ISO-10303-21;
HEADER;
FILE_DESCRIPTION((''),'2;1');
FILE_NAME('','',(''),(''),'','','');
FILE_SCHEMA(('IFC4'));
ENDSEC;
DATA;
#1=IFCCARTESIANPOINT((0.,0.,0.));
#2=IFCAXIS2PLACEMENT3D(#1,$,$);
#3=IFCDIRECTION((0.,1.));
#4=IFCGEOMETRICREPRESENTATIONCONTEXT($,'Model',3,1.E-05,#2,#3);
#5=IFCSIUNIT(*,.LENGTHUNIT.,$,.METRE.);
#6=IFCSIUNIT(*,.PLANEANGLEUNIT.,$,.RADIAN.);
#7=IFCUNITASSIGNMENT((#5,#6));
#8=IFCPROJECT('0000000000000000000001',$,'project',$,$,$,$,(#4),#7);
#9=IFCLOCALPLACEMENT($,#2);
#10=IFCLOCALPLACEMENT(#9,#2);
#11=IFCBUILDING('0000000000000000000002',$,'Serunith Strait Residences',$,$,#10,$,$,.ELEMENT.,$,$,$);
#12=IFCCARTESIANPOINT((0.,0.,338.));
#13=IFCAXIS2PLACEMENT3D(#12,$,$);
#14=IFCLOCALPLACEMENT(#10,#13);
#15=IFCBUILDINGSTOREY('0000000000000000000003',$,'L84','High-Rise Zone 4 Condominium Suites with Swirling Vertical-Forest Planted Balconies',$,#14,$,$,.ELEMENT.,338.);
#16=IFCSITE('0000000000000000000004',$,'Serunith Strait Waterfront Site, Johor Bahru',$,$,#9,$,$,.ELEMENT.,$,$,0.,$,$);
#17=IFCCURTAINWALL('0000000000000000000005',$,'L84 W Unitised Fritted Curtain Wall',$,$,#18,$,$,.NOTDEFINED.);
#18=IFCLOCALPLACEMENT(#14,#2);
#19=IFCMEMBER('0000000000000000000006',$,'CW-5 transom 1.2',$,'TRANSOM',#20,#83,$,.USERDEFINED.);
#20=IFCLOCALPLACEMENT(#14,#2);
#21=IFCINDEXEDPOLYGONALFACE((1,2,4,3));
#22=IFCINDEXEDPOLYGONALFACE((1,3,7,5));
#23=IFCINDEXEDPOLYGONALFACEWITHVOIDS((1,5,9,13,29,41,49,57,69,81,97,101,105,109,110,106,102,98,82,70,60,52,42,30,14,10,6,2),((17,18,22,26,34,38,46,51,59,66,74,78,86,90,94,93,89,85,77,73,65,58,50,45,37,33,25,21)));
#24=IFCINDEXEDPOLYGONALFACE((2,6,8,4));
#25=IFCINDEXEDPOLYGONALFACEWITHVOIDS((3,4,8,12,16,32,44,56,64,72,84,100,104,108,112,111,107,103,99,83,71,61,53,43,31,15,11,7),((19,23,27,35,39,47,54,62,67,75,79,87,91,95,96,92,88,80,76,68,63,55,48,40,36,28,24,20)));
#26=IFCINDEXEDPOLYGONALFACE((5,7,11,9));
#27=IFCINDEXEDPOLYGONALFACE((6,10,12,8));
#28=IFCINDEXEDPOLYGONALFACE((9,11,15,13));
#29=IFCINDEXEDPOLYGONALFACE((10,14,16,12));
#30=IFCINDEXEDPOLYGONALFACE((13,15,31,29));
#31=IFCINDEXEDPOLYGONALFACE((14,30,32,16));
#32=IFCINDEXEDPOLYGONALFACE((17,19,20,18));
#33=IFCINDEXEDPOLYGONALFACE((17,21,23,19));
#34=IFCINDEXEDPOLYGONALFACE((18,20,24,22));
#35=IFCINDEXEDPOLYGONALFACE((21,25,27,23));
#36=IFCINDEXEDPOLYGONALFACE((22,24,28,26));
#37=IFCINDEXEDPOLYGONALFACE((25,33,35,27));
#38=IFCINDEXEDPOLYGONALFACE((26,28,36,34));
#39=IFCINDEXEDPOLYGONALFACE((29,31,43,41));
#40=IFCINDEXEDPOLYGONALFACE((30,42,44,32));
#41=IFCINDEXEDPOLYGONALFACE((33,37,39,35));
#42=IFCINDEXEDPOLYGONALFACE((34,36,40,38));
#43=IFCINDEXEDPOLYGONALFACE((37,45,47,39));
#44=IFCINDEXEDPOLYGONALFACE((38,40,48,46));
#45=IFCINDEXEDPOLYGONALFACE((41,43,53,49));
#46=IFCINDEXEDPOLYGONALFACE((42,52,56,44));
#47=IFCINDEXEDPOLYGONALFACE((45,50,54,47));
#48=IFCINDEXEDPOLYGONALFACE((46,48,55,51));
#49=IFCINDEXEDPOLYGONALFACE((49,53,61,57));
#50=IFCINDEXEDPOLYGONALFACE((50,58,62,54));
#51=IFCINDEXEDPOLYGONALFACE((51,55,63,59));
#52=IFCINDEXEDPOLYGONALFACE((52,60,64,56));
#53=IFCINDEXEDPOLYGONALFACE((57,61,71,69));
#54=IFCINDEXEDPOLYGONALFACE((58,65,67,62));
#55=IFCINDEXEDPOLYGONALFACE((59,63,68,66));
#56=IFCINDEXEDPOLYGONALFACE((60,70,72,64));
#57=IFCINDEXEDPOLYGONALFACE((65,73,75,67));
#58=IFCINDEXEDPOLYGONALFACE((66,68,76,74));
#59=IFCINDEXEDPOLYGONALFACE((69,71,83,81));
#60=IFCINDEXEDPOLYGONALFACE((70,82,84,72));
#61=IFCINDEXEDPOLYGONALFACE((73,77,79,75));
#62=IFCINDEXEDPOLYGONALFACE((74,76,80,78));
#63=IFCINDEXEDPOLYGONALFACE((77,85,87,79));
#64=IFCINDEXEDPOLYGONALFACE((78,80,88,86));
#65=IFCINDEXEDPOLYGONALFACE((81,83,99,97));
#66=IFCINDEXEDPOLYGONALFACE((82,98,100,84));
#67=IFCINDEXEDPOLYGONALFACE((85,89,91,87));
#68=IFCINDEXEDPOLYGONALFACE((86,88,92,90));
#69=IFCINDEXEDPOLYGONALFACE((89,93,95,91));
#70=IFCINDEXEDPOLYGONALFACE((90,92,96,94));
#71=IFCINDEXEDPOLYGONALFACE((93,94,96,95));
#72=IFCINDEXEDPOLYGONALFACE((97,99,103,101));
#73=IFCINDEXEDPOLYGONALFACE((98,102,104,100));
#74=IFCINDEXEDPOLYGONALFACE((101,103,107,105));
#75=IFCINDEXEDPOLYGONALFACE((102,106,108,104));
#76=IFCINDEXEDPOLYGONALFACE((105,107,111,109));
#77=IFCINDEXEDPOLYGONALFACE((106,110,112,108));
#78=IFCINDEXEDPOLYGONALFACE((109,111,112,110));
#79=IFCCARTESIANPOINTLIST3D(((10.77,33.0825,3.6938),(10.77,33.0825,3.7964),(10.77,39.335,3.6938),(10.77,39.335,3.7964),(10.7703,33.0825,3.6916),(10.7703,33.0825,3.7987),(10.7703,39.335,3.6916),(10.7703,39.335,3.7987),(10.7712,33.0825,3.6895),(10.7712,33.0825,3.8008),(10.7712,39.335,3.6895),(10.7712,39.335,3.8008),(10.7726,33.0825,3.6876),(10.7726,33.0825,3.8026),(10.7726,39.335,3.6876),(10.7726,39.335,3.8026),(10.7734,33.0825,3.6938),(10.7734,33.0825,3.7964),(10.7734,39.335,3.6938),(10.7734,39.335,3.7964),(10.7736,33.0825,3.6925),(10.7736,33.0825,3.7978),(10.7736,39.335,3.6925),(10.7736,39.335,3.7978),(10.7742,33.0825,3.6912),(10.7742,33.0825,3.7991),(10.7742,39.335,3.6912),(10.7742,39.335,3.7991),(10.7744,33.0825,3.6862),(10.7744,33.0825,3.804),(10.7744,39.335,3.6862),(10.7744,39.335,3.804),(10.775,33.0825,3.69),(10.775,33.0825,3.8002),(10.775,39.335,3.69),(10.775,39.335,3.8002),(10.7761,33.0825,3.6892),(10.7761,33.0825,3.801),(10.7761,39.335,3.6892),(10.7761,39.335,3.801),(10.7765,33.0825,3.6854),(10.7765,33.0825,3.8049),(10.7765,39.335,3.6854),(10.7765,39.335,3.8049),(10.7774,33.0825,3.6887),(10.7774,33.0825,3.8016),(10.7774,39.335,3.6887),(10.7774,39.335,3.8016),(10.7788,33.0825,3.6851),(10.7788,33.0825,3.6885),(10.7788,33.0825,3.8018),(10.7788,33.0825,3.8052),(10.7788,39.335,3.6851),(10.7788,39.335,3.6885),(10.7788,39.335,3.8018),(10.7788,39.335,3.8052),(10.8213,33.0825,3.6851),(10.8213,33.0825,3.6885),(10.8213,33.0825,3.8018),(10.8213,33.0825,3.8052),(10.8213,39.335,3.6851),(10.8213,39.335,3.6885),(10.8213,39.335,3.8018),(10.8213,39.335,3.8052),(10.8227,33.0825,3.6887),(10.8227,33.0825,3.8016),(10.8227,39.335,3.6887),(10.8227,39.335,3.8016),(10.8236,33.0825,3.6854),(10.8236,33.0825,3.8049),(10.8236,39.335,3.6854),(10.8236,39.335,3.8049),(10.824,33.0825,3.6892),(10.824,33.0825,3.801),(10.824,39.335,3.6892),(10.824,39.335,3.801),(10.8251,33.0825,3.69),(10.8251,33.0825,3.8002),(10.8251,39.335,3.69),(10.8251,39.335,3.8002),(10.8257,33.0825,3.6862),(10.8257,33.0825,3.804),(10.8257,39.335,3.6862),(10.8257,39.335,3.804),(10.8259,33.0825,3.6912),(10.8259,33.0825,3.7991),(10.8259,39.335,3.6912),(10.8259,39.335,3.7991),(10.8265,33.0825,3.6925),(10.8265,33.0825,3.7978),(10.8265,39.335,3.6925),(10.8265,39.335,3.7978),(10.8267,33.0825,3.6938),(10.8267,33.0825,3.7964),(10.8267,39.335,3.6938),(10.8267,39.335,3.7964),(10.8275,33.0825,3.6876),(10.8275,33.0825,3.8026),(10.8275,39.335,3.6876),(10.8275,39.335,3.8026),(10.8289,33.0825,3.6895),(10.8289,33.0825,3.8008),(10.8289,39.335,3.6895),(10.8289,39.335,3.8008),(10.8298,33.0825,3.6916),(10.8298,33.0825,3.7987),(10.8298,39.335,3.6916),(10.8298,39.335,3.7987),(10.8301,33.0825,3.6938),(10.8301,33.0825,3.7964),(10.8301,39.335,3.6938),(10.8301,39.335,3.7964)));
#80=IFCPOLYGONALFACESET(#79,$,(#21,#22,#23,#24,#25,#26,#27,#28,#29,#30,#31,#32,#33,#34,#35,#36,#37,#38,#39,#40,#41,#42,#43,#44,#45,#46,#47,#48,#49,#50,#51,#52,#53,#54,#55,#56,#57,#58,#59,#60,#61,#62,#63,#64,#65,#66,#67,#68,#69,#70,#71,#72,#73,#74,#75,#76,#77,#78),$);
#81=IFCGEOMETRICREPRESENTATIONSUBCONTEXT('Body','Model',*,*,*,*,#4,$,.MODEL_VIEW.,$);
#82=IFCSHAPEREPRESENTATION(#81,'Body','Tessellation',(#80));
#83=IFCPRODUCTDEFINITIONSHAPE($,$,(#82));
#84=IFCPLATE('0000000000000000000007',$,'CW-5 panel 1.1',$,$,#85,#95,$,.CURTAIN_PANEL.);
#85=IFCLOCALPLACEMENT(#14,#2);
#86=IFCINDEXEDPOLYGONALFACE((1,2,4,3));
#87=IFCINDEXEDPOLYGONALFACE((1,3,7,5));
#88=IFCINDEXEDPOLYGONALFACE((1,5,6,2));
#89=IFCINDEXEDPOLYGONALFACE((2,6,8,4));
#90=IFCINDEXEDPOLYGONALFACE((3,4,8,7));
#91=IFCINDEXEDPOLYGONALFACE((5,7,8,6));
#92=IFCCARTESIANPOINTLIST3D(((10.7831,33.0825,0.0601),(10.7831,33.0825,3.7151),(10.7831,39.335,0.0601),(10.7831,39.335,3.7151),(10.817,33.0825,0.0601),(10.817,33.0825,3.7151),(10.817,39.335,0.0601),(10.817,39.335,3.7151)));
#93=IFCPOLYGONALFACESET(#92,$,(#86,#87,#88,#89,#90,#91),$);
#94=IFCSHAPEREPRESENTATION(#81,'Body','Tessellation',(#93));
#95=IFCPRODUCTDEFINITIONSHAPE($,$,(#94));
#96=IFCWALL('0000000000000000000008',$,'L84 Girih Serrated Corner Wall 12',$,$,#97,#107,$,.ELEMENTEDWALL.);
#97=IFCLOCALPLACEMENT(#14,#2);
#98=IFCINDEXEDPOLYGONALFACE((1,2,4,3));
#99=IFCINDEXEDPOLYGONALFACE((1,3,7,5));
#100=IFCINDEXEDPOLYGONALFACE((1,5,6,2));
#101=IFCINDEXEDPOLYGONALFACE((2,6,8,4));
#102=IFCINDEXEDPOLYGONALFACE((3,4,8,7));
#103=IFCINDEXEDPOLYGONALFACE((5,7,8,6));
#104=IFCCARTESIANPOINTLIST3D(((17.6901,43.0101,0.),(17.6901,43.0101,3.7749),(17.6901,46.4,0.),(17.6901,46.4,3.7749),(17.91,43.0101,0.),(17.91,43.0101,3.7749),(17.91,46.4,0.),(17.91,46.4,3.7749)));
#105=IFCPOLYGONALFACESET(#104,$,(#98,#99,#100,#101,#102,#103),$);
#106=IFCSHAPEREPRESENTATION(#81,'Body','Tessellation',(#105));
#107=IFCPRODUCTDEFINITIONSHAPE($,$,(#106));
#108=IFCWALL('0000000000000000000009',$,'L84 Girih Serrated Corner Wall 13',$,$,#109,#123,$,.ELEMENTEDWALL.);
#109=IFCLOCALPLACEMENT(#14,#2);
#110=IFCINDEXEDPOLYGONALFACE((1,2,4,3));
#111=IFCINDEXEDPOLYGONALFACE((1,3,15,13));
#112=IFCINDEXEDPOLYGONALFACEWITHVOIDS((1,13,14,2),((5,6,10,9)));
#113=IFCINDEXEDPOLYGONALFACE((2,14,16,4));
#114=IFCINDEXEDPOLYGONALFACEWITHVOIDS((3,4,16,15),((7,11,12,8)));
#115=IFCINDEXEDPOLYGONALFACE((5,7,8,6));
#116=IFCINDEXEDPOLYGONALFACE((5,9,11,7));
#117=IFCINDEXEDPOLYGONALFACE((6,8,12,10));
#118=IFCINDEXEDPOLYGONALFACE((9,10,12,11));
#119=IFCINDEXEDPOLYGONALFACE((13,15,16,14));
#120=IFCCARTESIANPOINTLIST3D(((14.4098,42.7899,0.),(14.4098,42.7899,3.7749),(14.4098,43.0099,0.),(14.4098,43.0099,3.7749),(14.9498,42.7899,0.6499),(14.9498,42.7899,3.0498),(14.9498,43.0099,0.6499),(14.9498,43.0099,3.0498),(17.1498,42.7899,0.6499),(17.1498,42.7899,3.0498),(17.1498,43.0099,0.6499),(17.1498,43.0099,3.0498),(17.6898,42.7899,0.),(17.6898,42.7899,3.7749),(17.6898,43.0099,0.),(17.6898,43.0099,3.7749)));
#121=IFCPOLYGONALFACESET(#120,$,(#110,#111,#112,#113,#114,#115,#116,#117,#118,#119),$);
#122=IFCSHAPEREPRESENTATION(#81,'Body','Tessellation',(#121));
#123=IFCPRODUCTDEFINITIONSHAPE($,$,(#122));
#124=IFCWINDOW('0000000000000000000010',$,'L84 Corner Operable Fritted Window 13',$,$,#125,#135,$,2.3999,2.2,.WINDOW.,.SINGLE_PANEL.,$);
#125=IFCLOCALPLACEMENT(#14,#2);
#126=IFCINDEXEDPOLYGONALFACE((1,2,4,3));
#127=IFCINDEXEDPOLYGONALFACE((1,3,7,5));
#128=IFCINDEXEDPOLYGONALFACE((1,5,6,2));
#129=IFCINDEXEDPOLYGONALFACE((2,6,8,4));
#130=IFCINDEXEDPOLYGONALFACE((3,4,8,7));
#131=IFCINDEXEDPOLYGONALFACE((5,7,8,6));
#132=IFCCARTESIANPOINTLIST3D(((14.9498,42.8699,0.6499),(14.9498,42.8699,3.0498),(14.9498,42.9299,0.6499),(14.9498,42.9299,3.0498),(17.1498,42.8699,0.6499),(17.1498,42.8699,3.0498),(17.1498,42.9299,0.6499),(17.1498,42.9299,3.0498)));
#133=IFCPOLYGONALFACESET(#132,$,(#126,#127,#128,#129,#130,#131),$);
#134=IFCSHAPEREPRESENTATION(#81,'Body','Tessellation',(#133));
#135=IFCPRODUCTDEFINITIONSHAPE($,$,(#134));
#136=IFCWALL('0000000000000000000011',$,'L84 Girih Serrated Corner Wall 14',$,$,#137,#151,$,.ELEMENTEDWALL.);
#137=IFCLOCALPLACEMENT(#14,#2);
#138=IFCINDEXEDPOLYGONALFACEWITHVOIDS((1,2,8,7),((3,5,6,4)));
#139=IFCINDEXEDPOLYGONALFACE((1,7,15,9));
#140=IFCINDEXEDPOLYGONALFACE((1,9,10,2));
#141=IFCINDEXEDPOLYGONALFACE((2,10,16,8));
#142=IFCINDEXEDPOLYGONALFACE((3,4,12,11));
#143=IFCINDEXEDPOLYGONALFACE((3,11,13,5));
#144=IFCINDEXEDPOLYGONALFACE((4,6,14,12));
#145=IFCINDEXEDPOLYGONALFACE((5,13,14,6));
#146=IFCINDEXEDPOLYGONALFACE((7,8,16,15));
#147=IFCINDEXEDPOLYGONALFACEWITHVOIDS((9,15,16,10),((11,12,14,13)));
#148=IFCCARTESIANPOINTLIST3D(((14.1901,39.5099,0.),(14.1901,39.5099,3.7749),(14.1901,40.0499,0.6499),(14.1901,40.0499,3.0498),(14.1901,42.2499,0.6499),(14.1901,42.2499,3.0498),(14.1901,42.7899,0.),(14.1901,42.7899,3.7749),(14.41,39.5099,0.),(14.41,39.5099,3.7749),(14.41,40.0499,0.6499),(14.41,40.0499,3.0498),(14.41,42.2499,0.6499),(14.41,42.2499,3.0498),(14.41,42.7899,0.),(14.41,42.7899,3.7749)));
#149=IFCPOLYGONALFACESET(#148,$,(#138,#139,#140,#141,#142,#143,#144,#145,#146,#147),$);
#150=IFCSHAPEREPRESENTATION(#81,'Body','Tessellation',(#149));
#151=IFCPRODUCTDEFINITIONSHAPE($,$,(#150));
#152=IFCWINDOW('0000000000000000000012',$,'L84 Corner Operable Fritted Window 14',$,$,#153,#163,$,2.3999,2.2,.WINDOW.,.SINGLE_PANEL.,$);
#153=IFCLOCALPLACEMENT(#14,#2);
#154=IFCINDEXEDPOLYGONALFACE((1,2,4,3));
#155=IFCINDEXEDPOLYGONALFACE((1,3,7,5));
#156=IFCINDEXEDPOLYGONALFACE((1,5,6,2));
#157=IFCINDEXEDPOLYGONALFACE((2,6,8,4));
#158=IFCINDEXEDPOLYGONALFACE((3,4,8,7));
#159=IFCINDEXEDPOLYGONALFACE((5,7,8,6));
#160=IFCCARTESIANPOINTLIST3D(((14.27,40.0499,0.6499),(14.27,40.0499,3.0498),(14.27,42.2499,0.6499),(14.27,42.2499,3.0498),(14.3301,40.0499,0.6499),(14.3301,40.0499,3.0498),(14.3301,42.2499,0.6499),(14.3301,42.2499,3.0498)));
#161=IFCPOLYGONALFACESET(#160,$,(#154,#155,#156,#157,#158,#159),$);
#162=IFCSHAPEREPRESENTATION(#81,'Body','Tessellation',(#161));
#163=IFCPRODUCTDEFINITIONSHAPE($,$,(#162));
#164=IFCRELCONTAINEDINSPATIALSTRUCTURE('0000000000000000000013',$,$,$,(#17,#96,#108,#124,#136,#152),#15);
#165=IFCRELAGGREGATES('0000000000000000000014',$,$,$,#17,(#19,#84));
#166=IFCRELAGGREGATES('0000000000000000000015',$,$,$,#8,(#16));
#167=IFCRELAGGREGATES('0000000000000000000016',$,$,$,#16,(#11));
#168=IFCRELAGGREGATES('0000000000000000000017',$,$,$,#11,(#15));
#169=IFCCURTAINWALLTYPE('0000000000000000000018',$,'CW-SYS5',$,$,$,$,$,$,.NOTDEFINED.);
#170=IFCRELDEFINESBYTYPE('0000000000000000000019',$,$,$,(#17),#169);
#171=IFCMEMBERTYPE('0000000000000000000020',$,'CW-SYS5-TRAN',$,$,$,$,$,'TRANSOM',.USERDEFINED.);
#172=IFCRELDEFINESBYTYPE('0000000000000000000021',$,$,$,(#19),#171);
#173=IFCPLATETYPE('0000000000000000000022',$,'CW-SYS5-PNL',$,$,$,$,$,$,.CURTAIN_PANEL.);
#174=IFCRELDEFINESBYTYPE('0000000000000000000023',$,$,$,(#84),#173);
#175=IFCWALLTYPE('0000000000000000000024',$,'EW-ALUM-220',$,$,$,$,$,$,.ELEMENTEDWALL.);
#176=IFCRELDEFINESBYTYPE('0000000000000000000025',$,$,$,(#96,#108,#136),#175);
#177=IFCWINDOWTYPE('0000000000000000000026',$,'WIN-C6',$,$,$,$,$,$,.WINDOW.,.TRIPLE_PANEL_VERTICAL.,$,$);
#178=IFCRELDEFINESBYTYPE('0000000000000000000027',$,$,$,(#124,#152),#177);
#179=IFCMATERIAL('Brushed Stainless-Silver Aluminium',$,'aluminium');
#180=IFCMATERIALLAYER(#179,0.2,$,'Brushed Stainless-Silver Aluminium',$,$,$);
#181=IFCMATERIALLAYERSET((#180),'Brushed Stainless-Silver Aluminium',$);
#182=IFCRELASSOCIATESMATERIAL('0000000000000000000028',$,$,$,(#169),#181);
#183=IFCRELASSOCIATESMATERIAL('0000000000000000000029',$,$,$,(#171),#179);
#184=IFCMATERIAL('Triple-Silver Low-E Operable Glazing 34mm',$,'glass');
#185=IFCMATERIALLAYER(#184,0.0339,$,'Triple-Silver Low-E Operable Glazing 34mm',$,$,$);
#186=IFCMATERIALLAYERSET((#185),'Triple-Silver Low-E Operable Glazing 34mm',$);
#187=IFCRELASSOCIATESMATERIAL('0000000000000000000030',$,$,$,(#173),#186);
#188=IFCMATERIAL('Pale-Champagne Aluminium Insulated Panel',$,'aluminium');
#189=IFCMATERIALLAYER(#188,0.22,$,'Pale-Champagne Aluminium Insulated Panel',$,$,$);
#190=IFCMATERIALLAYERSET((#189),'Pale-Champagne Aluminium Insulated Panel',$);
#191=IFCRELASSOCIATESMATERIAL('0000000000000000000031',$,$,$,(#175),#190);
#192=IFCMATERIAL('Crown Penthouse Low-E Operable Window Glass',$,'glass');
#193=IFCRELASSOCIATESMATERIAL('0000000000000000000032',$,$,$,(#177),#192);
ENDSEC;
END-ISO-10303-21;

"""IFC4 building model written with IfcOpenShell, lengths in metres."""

from ifc_helpers import new_model, si_unit, direction, frame, frame_2d, origin, origin_2d, place, context, subcontext, project, spatial, rectangle, hollow_rectangle, extrude, source, transform, mapped, material, layer, layer_set, material_profile, profile_set, type_object, element, fill, aggregate, save


model = new_model("IFC4")

# Units and contexts
model_context = context("Model", 3, precision=1e-05, world=origin(), true_north=direction((0.0, 1.0)))
body_context = subcontext(model_context, "Body", "Model", "MODEL_VIEW")
ifc_project = project(units=[si_unit("LENGTHUNIT", "METRE"), si_unit("PLANEANGLEUNIT", "RADIAN")], contexts=[model_context])

# Site, building, storey
site_placement = place(None, origin())
site = spatial("IfcSite", under=ifc_project, at=site_placement, Name="Serunith Strait Waterfront Site, Johor Bahru", CompositionType="ELEMENT", RefElevation=0.0)
building_placement = place(site_placement, origin())
building = spatial("IfcBuilding", under=site, at=building_placement, Name="Serunith Strait Residences", CompositionType="ELEMENT")
storey_placement = place(building_placement, frame((0.0, 0.0, 338.0)))
storey = spatial("IfcBuildingStorey", under=building, at=storey_placement, Name="L84", Description="High-Rise Zone 4 Condominium Suites with Swirling Vertical-Forest Planted Balconies", CompositionType="ELEMENT", Elevation=338.0)

# Shared definitions
ifc_material_1 = material(Name="Brushed Stainless-Silver Aluminium", Category="aluminium")
ifc_layer_1 = layer(ifc_material_1, 0.2, Name="Brushed Stainless-Silver Aluminium")
ifc_layer_set_1 = layer_set([ifc_layer_1], Name="Brushed Stainless-Silver Aluminium")
curtain_wall_type = type_object("IfcCurtainWallType", Name="CW-SYS5", PredefinedType="NOTDEFINED", material=ifc_layer_set_1)

# Curtain wall, member, plate
curtain_wall_1_placement = place(storey_placement, origin())
curtain_wall_1 = element("IfcCurtainWall", 1, at=curtain_wall_1_placement, inside=storey, type_object=curtain_wall_type, Name="L84 W Unitised Fritted Curtain Wall", PredefinedType="NOTDEFINED")
ifc_material_profile_1 = material_profile(ifc_material_1, hollow_rectangle(XDim=0.0601, YDim=0.1201, WallThickness=0.0034, InnerFilletRadius=0.0054, OuterFilletRadius=0.0088, at=origin_2d()), Name="ALU 120x60x3.5")
ifc_profile_set_1 = profile_set([ifc_material_profile_1], Name="Brushed Stainless-Silver Aluminium")
member_type_1 = type_object("IfcMemberType", Name="CW-SYS5-TRAN", ElementType="TRANSOM", PredefinedType="USERDEFINED", material=ifc_profile_set_1)
shared_shape_1 = source(origin(), body_context, "Body", "SweptSolid", [
    extrude(hollow_rectangle(XDim=0.0601, YDim=0.1201, WallThickness=0.0034, InnerFilletRadius=0.0054, OuterFilletRadius=0.0088, at=origin_2d()), origin(), (0.0, 0.0, 1.0), 6.2524),
])
member_1_placement = place(storey_placement, frame((10.8, 39.335, 3.7451), z_axis=(0.0, -1.0, 0.0), x_axis=(1.0, 0.0, 0.0)))
member_1 = element("IfcMember", 2, at=member_1_placement, type_object=member_type_1, Name="CW-5 transom 1.2", ObjectType="TRANSOM", PredefinedType="USERDEFINED", context=body_context, shape_type="MappedRepresentation", body=[
    mapped(shared_shape_1, transform((0.0, 0.0, 0.0), scale=1.0)),
])
ifc_material_2 = material(Name="Triple-Silver Low-E Operable Glazing 34mm", Category="glass")
ifc_layer_2 = layer(ifc_material_2, 0.0339, Name="Triple-Silver Low-E Operable Glazing 34mm")
ifc_layer_set_2 = layer_set([ifc_layer_2], Name="Triple-Silver Low-E Operable Glazing 34mm")
plate_type = type_object("IfcPlateType", Name="CW-SYS5-PNL", PredefinedType="CURTAIN_PANEL", material=ifc_layer_set_2)
shared_shape_2 = source(origin(), body_context, "Body", "SweptSolid", [
    extrude(rectangle(XDim=6.2524, YDim=0.0339, at=origin_2d()), origin(), (0.0, 0.0, 1.0), 3.655),
])
plate_placement = place(storey_placement, frame((10.8, 36.2087, 0.0601), z_axis=(0.0, 0.0, 1.0), x_axis=(0.0, -1.0, 0.0)))
plate = element("IfcPlate", 3, at=plate_placement, type_object=plate_type, Name="CW-5 panel 1.1", PredefinedType="CURTAIN_PANEL", context=body_context, shape_type="MappedRepresentation", body=[
    mapped(shared_shape_2, transform((0.0, 0.0, 0.0), scale=1.0)),
])
aggregate(curtain_wall_1, [member_1, plate])

# Wall
ifc_material_3 = material(Name="Pale-Champagne Aluminium Insulated Panel", Category="aluminium")
ifc_layer_3 = layer(ifc_material_3, 0.22, Name="Pale-Champagne Aluminium Insulated Panel")
ifc_layer_set_3 = layer_set([ifc_layer_3], Name="Pale-Champagne Aluminium Insulated Panel")
wall_type_1 = type_object("IfcWallType", Name="EW-ALUM-220", PredefinedType="ELEMENTEDWALL", material=ifc_layer_set_3)
wall_1_placement = place(storey_placement, frame((17.8, 46.3999, 0.0), z_axis=(0.0, 0.0, 1.0), x_axis=(0.0, -1.0, 0.0)))
element("IfcWall", 4, at=wall_1_placement, inside=storey, type_object=wall_type_1, Name="L84 Girih Serrated Corner Wall 12", PredefinedType="ELEMENTEDWALL", context=body_context, shape_type="SweptSolid", body=[
    extrude(rectangle(XDim=3.3899, YDim=0.22, at=frame_2d((1.6948, 0.0))), origin(), (0.0, 0.0, 1.0), 3.7749),
])

# Walls, openings, windows
wall_2_placement = place(storey_placement, frame((17.6899, 42.8999, 0.0), z_axis=(0.0, 0.0, 1.0), x_axis=(-1.0, 0.0, 0.0)))
wall_2 = element("IfcWall", 5, at=wall_2_placement, inside=storey, type_object=wall_type_1, Name="L84 Girih Serrated Corner Wall 13", PredefinedType="ELEMENTEDWALL", context=body_context, shape_type="SweptSolid", body=[
    extrude(rectangle(XDim=3.28, YDim=0.22, at=frame_2d((1.6401, 0.0))), origin(), (0.0, 0.0, 1.0), 3.7749),
])
opening_1_placement = place(wall_2_placement, frame((0.54, 0.0, 0.6499)))
opening_1 = element("IfcOpeningElement", 6, at=opening_1_placement, cuts=wall_2, PredefinedType="OPENING", context=body_context, shape_type="SweptSolid", body=[
    extrude(rectangle(XDim=2.2, YDim=2.3999, at=frame_2d((1.1001, 1.2))), frame((0.0, 0.1201, 0.0), z_axis=(0.0, -1.0, 0.0), x_axis=(1.0, 0.0, 0.0)), (0.0, 0.0, 1.0), 0.24),
])
ifc_material_4 = material(Name="Crown Penthouse Low-E Operable Window Glass", Category="glass")
window_type = type_object("IfcWindowType", Name="WIN-C6", PartitioningType="TRIPLE_PANEL_VERTICAL", PredefinedType="WINDOW", material=ifc_material_4)
shared_shape_3 = source(origin(), body_context, "Body", "SweptSolid", [
    extrude(rectangle(XDim=2.2, YDim=2.3999, at=frame_2d((1.1001, 1.2))), frame((0.0, 0.03, 0.0), z_axis=(0.0, -1.0, 0.0), x_axis=(1.0, 0.0, 0.0)), (0.0, 0.0, 1.0), 0.0601),
])
window_1_placement = place(opening_1_placement, origin())
window_1 = element("IfcWindow", 7, at=window_1_placement, inside=storey, type_object=window_type, Name="L84 Corner Operable Fritted Window 13", OverallHeight=2.3999, OverallWidth=2.2, PartitioningType="SINGLE_PANEL", PredefinedType="WINDOW", context=body_context, shape_type="MappedRepresentation", body=[
    mapped(shared_shape_3, transform((0.0, 0.0, 0.0), scale=1.0)),
])
fill(opening_1, window_1)
wall_3_placement = place(storey_placement, frame((14.3, 42.79, 0.0), z_axis=(0.0, 0.0, 1.0), x_axis=(0.0, -1.0, 0.0)))
wall_3 = element("IfcWall", 8, at=wall_3_placement, inside=storey, type_object=wall_type_1, Name="L84 Girih Serrated Corner Wall 14", PredefinedType="ELEMENTEDWALL", context=body_context, shape_type="SweptSolid", body=[
    extrude(rectangle(XDim=3.28, YDim=0.22, at=frame_2d((1.6401, 0.0))), origin(), (0.0, 0.0, 1.0), 3.7749),
])
opening_2_placement = place(wall_3_placement, frame((0.54, 0.0, 0.6499)))
opening_2 = element("IfcOpeningElement", 9, at=opening_2_placement, cuts=wall_3, PredefinedType="OPENING", context=body_context, shape_type="SweptSolid", body=[
    extrude(rectangle(XDim=2.2, YDim=2.3999, at=frame_2d((1.1001, 1.2))), frame((0.0, 0.1201, 0.0), z_axis=(0.0, -1.0, 0.0), x_axis=(1.0, 0.0, 0.0)), (0.0, 0.0, 1.0), 0.24),
])
window_2_placement = place(opening_2_placement, origin())
window_2 = element("IfcWindow", 10, at=window_2_placement, inside=storey, type_object=window_type, Name="L84 Corner Operable Fritted Window 14", OverallHeight=2.3999, OverallWidth=2.2, PartitioningType="SINGLE_PANEL", PredefinedType="WINDOW", context=body_context, shape_type="MappedRepresentation", body=[
    mapped(shared_shape_3, transform((0.0, 0.0, 0.0), scale=1.0)),
])
fill(opening_2, window_2)

save(model, "model.ifc")
